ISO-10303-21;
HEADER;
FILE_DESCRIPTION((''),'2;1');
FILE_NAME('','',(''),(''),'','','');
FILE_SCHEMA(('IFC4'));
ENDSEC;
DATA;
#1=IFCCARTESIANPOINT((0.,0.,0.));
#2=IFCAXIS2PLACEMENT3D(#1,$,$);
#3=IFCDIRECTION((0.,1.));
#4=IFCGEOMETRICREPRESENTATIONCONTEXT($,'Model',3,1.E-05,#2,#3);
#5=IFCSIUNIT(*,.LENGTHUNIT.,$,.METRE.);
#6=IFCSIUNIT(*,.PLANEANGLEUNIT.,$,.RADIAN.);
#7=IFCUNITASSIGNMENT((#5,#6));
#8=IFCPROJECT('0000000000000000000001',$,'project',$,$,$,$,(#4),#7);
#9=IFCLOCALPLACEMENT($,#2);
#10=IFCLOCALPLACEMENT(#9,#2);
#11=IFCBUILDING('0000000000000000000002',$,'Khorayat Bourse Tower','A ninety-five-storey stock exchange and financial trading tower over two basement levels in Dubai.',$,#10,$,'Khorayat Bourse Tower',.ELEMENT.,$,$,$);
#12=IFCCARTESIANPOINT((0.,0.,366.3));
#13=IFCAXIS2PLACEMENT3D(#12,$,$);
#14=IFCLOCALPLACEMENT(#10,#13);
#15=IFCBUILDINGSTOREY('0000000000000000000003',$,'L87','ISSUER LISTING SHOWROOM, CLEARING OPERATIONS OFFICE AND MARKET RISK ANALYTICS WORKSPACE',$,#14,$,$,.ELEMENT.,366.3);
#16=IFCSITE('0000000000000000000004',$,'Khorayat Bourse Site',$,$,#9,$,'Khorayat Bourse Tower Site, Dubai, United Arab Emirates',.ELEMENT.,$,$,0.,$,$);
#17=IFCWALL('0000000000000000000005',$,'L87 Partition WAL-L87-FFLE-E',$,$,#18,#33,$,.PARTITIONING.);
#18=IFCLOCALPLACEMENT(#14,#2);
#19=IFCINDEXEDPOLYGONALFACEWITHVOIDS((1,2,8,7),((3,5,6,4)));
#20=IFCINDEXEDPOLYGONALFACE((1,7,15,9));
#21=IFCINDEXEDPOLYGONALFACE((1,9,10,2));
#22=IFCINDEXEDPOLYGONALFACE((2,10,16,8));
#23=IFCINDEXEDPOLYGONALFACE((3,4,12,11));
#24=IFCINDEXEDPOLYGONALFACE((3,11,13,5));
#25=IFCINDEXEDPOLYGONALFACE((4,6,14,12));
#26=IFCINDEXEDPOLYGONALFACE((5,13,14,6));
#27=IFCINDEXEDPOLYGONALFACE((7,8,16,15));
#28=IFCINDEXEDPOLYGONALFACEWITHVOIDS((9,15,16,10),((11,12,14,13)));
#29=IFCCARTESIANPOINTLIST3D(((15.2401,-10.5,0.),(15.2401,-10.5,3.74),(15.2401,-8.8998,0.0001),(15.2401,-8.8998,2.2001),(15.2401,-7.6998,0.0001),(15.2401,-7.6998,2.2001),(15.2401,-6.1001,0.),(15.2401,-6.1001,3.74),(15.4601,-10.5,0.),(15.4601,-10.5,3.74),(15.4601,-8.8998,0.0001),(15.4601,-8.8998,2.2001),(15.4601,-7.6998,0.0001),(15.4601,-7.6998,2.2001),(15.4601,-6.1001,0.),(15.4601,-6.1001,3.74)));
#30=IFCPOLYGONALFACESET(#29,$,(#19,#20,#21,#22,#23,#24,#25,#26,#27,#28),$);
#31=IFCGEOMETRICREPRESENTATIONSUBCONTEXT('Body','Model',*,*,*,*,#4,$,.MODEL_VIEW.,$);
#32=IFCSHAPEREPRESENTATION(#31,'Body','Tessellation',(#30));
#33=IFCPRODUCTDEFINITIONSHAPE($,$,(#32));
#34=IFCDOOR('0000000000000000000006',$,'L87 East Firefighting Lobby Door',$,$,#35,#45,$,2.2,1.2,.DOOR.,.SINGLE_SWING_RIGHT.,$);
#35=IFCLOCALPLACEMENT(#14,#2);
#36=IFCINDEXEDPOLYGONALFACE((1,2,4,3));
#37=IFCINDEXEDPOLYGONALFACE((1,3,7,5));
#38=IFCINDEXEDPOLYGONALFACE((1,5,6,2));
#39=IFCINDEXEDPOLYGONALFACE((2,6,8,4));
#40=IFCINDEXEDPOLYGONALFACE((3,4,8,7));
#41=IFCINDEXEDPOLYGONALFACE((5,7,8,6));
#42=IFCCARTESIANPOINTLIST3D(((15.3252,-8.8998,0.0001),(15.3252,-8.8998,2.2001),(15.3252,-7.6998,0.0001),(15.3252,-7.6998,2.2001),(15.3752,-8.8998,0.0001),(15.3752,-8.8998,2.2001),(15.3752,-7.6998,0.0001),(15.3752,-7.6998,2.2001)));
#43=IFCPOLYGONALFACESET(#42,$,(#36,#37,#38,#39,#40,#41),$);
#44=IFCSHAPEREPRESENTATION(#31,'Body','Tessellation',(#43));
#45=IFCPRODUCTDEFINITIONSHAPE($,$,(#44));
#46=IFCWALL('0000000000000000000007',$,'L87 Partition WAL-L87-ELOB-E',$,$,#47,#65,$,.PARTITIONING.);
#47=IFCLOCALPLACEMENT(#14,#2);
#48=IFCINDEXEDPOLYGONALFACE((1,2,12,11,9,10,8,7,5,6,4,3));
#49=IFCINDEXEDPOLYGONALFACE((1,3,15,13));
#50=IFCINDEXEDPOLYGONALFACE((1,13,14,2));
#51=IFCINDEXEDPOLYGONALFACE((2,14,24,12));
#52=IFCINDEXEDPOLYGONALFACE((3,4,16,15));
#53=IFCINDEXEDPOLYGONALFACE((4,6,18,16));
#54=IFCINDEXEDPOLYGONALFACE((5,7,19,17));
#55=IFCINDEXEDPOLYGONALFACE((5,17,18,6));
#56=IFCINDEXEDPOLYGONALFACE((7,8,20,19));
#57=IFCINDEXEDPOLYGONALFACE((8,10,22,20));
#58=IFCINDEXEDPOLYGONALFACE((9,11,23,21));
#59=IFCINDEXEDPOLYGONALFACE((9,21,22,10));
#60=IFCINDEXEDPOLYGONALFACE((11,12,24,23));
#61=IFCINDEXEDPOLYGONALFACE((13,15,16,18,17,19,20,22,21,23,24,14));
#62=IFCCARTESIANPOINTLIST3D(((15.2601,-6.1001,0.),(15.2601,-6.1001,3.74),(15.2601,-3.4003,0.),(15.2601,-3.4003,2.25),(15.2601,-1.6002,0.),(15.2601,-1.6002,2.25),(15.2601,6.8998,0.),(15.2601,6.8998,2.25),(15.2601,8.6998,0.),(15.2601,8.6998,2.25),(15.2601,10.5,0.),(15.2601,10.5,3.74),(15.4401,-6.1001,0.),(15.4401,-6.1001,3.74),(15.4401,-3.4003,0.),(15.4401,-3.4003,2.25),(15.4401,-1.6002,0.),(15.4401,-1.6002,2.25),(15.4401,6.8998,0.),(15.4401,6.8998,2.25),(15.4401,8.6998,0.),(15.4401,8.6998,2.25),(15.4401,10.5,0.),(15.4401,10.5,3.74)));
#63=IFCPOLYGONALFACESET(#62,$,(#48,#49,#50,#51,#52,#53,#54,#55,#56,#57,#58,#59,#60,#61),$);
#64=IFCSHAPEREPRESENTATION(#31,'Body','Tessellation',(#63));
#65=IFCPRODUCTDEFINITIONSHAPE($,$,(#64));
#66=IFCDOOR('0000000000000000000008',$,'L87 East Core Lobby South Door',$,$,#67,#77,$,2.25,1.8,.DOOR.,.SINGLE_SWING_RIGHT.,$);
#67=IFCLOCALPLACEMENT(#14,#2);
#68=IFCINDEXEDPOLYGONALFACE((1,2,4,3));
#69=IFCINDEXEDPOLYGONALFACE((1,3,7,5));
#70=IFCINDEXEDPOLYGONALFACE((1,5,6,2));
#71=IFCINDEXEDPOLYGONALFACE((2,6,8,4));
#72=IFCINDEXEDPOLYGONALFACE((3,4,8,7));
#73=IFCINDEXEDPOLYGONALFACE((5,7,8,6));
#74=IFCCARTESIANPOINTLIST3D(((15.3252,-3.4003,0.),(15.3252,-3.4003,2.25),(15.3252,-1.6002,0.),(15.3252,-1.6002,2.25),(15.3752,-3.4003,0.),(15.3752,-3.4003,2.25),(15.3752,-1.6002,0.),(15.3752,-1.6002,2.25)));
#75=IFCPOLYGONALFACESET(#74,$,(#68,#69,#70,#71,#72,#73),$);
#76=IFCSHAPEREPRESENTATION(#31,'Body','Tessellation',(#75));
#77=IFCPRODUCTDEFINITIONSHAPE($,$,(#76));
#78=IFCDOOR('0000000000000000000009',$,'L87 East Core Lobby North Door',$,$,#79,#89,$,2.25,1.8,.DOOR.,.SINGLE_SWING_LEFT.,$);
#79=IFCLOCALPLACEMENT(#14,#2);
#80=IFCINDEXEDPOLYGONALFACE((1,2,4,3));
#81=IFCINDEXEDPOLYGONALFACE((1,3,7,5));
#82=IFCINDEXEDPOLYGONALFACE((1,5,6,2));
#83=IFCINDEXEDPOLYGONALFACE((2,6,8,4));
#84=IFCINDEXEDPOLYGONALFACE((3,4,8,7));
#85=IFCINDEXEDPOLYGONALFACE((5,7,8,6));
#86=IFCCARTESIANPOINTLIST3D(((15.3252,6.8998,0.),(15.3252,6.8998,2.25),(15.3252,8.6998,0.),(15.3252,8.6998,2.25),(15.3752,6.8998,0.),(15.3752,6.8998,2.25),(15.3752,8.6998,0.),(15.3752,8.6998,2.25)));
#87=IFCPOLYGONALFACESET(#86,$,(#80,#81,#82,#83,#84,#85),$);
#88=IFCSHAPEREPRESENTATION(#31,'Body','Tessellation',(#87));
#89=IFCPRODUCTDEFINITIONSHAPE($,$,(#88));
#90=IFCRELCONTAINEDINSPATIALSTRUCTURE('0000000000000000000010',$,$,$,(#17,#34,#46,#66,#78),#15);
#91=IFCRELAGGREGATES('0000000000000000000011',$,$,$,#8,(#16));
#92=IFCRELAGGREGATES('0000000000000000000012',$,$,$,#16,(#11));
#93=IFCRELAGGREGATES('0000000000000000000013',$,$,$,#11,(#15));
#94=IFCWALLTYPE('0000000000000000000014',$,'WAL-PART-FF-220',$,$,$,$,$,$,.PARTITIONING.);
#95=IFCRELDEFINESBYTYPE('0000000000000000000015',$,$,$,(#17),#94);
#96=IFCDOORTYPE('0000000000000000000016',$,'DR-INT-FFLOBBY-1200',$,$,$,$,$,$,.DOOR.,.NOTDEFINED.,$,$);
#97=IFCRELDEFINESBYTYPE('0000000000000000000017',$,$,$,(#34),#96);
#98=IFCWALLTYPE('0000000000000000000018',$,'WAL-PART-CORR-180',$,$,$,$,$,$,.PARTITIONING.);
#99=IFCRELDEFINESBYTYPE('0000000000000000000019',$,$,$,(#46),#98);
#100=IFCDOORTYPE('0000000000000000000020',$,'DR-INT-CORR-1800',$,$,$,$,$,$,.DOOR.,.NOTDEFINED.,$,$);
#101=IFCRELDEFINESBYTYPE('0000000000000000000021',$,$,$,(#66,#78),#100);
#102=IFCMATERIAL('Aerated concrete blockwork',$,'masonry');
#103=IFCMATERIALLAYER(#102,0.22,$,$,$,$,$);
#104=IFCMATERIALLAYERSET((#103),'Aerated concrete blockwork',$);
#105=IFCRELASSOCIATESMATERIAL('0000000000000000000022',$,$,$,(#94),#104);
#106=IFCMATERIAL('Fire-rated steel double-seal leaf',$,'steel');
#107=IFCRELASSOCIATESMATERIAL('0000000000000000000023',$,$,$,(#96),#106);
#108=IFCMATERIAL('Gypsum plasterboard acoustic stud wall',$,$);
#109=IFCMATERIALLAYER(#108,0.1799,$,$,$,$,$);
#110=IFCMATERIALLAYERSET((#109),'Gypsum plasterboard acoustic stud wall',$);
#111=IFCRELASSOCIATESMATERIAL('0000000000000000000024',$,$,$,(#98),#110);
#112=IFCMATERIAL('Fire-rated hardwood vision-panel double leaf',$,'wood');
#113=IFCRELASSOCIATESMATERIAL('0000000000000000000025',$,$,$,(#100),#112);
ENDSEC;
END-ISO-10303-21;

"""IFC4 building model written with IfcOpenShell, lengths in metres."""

from ifc_helpers import new_model, si_unit, direction, frame, frame_2d, origin, place, context, subcontext, project, spatial, rectangle, extrude, source, transform, mapped, material, layer, layer_set, type_object, element, fill, save


model = new_model("IFC4")

# Units and contexts
model_context = context("Model", 3, precision=1e-05, world=origin(), true_north=direction((0.0, 1.0)))
body_context = subcontext(model_context, "Body", "Model", "MODEL_VIEW")
ifc_project = project(units=[si_unit("LENGTHUNIT", "METRE"), si_unit("PLANEANGLEUNIT", "RADIAN")], contexts=[model_context])

# Site, building, storey
site_placement = place(None, origin())
site = spatial("IfcSite", under=ifc_project, at=site_placement, Name="Khorayat Bourse Site", LongName="Khorayat Bourse Tower Site, Dubai, United Arab Emirates", CompositionType="ELEMENT", RefElevation=0.0)
building_placement = place(site_placement, origin())
building = spatial("IfcBuilding", under=site, at=building_placement, Name="Khorayat Bourse Tower", Description="A ninety-five-storey stock exchange and financial trading tower over two basement levels in Dubai.", LongName="Khorayat Bourse Tower", CompositionType="ELEMENT")
storey_placement = place(building_placement, frame((0.0, 0.0, 366.3)))
storey = spatial("IfcBuildingStorey", under=building, at=storey_placement, Name="L87", Description="ISSUER LISTING SHOWROOM, CLEARING OPERATIONS OFFICE AND MARKET RISK ANALYTICS WORKSPACE", CompositionType="ELEMENT", Elevation=366.3)

# Shared definitions
ifc_material_1 = material(Name="Aerated concrete blockwork", Category="masonry")
ifc_layer_1 = layer(ifc_material_1, 0.22)
ifc_layer_set_1 = layer_set([ifc_layer_1], Name="Aerated concrete blockwork")
wall_type_1 = type_object("IfcWallType", Name="WAL-PART-FF-220", PredefinedType="PARTITIONING", material=ifc_layer_set_1)

# Wall, opening, door
shared_shape_1 = source(origin(), body_context, "Body", "SweptSolid", [
    extrude(rectangle(XDim=4.3999, YDim=0.22, at=frame_2d((2.2, 0.0))), origin(), (0.0, 0.0, 1.0), 3.74),
])
wall_1_placement = place(storey_placement, frame((15.3501, -10.5, 0.0), z_axis=(0.0, 0.0, 1.0), x_axis=(0.0, 1.0, 0.0)))
wall_1 = element("IfcWall", 1, at=wall_1_placement, inside=storey, type_object=wall_type_1, Name="L87 Partition WAL-L87-FFLE-E", PredefinedType="PARTITIONING", context=body_context, shape_type="MappedRepresentation", body=[
    mapped(shared_shape_1, transform((0.0, 0.0, 0.0), scale=1.0)),
])
shared_shape_2 = source(origin(), body_context, "Body", "SweptSolid", [
    extrude(rectangle(XDim=1.2, YDim=2.2, at=frame_2d((0.6001, 1.1001))), frame((0.0, 0.1199, 0.0), z_axis=(0.0, -1.0, 0.0), x_axis=(1.0, 0.0, 0.0)), (0.0, 0.0, 1.0), 0.24),
])
opening_1_placement = place(wall_1_placement, frame((1.6001, 0.0, 0.0)))
opening_1 = element("IfcOpeningElement", 2, at=opening_1_placement, cuts=wall_1, PredefinedType="OPENING", context=body_context, shape_type="MappedRepresentation", body=[
    mapped(shared_shape_2, transform((0.0, 0.0, 0.0), scale=1.0)),
])
ifc_material_2 = material(Name="Fire-rated steel double-seal leaf", Category="steel")
door_type_1 = type_object("IfcDoorType", Name="DR-INT-FFLOBBY-1200", OperationType="NOTDEFINED", PredefinedType="DOOR", material=ifc_material_2)
shared_shape_3 = source(origin(), body_context, "Body", "SweptSolid", [
    extrude(rectangle(XDim=1.2, YDim=2.2, at=frame_2d((0.6001, 1.1001))), frame((0.0, 0.0249, 0.0), z_axis=(0.0, -1.0, 0.0), x_axis=(1.0, 0.0, 0.0)), (0.0, 0.0, 1.0), 0.05),
])
door_1_placement = place(opening_1_placement, origin())
door_1 = element("IfcDoor", 3, at=door_1_placement, inside=storey, type_object=door_type_1, Name="L87 East Firefighting Lobby Door", OperationType="SINGLE_SWING_RIGHT", OverallHeight=2.2, OverallWidth=1.2, PredefinedType="DOOR", context=body_context, shape_type="MappedRepresentation", body=[
    mapped(shared_shape_3, transform((0.0, 0.0, 0.0), scale=1.0)),
])
fill(opening_1, door_1)

# Wall, openings, doors
ifc_material_3 = material(Name="Gypsum plasterboard acoustic stud wall")
ifc_layer_2 = layer(ifc_material_3, 0.1799)
ifc_layer_set_2 = layer_set([ifc_layer_2], Name="Gypsum plasterboard acoustic stud wall")
wall_type_2 = type_object("IfcWallType", Name="WAL-PART-CORR-180", PredefinedType="PARTITIONING", material=ifc_layer_set_2)
shared_shape_4 = source(origin(), body_context, "Body", "SweptSolid", [
    extrude(rectangle(XDim=16.6001, YDim=0.1799, at=frame_2d((8.3, 0.0))), origin(), (0.0, 0.0, 1.0), 3.74),
])
wall_2_placement = place(storey_placement, frame((15.3501, -6.1001, 0.0), z_axis=(0.0, 0.0, 1.0), x_axis=(0.0, 1.0, 0.0)))
wall_2 = element("IfcWall", 4, at=wall_2_placement, inside=storey, type_object=wall_type_2, Name="L87 Partition WAL-L87-ELOB-E", PredefinedType="PARTITIONING", context=body_context, shape_type="MappedRepresentation", body=[
    mapped(shared_shape_4, transform((0.0, 0.0, 0.0), scale=1.0)),
])
shared_shape_5 = source(origin(), body_context, "Body", "SweptSolid", [
    extrude(rectangle(XDim=1.8, YDim=2.25, at=frame_2d((0.8999, 1.125))), frame((0.0, 0.0999, 0.0), z_axis=(0.0, -1.0, 0.0), x_axis=(1.0, 0.0, 0.0)), (0.0, 0.0, 1.0), 0.2),
])
opening_2_placement = place(wall_2_placement, frame((2.7, 0.0, 0.0)))
opening_2 = element("IfcOpeningElement", 5, at=opening_2_placement, cuts=wall_2, PredefinedType="OPENING", context=body_context, shape_type="MappedRepresentation", body=[
    mapped(shared_shape_5, transform((0.0, 0.0, 0.0), scale=1.0)),
])
opening_3_placement = place(wall_2_placement, frame((13.0, 0.0, 0.0)))
opening_3 = element("IfcOpeningElement", 6, at=opening_3_placement, cuts=wall_2, PredefinedType="OPENING", context=body_context, shape_type="MappedRepresentation", body=[
    mapped(shared_shape_5, transform((0.0, 0.0, 0.0), scale=1.0)),
])
ifc_material_4 = material(Name="Fire-rated hardwood vision-panel double leaf", Category="wood")
door_type_2 = type_object("IfcDoorType", Name="DR-INT-CORR-1800", OperationType="NOTDEFINED", PredefinedType="DOOR", material=ifc_material_4)
shared_shape_6 = source(origin(), body_context, "Body", "SweptSolid", [
    extrude(rectangle(XDim=1.8, YDim=2.25, at=frame_2d((0.8999, 1.125))), frame((0.0, 0.0249, 0.0), z_axis=(0.0, -1.0, 0.0), x_axis=(1.0, 0.0, 0.0)), (0.0, 0.0, 1.0), 0.05),
])
door_2_placement = place(opening_2_placement, origin())
door_2 = element("IfcDoor", 7, at=door_2_placement, inside=storey, type_object=door_type_2, Name="L87 East Core Lobby South Door", OperationType="SINGLE_SWING_RIGHT", OverallHeight=2.25, OverallWidth=1.8, PredefinedType="DOOR", context=body_context, shape_type="MappedRepresentation", body=[
    mapped(shared_shape_6, transform((0.0, 0.0, 0.0), scale=1.0)),
])
fill(opening_2, door_2)
door_3_placement = place(opening_3_placement, origin())
door_3 = element("IfcDoor", 8, at=door_3_placement, inside=storey, type_object=door_type_2, Name="L87 East Core Lobby North Door", OperationType="SINGLE_SWING_LEFT", OverallHeight=2.25, OverallWidth=1.8, PredefinedType="DOOR", context=body_context, shape_type="MappedRepresentation", body=[
    mapped(shared_shape_6, transform((0.0, 0.0, 0.0), scale=1.0)),
])
fill(opening_3, door_3)

save(model, "model.ifc")
